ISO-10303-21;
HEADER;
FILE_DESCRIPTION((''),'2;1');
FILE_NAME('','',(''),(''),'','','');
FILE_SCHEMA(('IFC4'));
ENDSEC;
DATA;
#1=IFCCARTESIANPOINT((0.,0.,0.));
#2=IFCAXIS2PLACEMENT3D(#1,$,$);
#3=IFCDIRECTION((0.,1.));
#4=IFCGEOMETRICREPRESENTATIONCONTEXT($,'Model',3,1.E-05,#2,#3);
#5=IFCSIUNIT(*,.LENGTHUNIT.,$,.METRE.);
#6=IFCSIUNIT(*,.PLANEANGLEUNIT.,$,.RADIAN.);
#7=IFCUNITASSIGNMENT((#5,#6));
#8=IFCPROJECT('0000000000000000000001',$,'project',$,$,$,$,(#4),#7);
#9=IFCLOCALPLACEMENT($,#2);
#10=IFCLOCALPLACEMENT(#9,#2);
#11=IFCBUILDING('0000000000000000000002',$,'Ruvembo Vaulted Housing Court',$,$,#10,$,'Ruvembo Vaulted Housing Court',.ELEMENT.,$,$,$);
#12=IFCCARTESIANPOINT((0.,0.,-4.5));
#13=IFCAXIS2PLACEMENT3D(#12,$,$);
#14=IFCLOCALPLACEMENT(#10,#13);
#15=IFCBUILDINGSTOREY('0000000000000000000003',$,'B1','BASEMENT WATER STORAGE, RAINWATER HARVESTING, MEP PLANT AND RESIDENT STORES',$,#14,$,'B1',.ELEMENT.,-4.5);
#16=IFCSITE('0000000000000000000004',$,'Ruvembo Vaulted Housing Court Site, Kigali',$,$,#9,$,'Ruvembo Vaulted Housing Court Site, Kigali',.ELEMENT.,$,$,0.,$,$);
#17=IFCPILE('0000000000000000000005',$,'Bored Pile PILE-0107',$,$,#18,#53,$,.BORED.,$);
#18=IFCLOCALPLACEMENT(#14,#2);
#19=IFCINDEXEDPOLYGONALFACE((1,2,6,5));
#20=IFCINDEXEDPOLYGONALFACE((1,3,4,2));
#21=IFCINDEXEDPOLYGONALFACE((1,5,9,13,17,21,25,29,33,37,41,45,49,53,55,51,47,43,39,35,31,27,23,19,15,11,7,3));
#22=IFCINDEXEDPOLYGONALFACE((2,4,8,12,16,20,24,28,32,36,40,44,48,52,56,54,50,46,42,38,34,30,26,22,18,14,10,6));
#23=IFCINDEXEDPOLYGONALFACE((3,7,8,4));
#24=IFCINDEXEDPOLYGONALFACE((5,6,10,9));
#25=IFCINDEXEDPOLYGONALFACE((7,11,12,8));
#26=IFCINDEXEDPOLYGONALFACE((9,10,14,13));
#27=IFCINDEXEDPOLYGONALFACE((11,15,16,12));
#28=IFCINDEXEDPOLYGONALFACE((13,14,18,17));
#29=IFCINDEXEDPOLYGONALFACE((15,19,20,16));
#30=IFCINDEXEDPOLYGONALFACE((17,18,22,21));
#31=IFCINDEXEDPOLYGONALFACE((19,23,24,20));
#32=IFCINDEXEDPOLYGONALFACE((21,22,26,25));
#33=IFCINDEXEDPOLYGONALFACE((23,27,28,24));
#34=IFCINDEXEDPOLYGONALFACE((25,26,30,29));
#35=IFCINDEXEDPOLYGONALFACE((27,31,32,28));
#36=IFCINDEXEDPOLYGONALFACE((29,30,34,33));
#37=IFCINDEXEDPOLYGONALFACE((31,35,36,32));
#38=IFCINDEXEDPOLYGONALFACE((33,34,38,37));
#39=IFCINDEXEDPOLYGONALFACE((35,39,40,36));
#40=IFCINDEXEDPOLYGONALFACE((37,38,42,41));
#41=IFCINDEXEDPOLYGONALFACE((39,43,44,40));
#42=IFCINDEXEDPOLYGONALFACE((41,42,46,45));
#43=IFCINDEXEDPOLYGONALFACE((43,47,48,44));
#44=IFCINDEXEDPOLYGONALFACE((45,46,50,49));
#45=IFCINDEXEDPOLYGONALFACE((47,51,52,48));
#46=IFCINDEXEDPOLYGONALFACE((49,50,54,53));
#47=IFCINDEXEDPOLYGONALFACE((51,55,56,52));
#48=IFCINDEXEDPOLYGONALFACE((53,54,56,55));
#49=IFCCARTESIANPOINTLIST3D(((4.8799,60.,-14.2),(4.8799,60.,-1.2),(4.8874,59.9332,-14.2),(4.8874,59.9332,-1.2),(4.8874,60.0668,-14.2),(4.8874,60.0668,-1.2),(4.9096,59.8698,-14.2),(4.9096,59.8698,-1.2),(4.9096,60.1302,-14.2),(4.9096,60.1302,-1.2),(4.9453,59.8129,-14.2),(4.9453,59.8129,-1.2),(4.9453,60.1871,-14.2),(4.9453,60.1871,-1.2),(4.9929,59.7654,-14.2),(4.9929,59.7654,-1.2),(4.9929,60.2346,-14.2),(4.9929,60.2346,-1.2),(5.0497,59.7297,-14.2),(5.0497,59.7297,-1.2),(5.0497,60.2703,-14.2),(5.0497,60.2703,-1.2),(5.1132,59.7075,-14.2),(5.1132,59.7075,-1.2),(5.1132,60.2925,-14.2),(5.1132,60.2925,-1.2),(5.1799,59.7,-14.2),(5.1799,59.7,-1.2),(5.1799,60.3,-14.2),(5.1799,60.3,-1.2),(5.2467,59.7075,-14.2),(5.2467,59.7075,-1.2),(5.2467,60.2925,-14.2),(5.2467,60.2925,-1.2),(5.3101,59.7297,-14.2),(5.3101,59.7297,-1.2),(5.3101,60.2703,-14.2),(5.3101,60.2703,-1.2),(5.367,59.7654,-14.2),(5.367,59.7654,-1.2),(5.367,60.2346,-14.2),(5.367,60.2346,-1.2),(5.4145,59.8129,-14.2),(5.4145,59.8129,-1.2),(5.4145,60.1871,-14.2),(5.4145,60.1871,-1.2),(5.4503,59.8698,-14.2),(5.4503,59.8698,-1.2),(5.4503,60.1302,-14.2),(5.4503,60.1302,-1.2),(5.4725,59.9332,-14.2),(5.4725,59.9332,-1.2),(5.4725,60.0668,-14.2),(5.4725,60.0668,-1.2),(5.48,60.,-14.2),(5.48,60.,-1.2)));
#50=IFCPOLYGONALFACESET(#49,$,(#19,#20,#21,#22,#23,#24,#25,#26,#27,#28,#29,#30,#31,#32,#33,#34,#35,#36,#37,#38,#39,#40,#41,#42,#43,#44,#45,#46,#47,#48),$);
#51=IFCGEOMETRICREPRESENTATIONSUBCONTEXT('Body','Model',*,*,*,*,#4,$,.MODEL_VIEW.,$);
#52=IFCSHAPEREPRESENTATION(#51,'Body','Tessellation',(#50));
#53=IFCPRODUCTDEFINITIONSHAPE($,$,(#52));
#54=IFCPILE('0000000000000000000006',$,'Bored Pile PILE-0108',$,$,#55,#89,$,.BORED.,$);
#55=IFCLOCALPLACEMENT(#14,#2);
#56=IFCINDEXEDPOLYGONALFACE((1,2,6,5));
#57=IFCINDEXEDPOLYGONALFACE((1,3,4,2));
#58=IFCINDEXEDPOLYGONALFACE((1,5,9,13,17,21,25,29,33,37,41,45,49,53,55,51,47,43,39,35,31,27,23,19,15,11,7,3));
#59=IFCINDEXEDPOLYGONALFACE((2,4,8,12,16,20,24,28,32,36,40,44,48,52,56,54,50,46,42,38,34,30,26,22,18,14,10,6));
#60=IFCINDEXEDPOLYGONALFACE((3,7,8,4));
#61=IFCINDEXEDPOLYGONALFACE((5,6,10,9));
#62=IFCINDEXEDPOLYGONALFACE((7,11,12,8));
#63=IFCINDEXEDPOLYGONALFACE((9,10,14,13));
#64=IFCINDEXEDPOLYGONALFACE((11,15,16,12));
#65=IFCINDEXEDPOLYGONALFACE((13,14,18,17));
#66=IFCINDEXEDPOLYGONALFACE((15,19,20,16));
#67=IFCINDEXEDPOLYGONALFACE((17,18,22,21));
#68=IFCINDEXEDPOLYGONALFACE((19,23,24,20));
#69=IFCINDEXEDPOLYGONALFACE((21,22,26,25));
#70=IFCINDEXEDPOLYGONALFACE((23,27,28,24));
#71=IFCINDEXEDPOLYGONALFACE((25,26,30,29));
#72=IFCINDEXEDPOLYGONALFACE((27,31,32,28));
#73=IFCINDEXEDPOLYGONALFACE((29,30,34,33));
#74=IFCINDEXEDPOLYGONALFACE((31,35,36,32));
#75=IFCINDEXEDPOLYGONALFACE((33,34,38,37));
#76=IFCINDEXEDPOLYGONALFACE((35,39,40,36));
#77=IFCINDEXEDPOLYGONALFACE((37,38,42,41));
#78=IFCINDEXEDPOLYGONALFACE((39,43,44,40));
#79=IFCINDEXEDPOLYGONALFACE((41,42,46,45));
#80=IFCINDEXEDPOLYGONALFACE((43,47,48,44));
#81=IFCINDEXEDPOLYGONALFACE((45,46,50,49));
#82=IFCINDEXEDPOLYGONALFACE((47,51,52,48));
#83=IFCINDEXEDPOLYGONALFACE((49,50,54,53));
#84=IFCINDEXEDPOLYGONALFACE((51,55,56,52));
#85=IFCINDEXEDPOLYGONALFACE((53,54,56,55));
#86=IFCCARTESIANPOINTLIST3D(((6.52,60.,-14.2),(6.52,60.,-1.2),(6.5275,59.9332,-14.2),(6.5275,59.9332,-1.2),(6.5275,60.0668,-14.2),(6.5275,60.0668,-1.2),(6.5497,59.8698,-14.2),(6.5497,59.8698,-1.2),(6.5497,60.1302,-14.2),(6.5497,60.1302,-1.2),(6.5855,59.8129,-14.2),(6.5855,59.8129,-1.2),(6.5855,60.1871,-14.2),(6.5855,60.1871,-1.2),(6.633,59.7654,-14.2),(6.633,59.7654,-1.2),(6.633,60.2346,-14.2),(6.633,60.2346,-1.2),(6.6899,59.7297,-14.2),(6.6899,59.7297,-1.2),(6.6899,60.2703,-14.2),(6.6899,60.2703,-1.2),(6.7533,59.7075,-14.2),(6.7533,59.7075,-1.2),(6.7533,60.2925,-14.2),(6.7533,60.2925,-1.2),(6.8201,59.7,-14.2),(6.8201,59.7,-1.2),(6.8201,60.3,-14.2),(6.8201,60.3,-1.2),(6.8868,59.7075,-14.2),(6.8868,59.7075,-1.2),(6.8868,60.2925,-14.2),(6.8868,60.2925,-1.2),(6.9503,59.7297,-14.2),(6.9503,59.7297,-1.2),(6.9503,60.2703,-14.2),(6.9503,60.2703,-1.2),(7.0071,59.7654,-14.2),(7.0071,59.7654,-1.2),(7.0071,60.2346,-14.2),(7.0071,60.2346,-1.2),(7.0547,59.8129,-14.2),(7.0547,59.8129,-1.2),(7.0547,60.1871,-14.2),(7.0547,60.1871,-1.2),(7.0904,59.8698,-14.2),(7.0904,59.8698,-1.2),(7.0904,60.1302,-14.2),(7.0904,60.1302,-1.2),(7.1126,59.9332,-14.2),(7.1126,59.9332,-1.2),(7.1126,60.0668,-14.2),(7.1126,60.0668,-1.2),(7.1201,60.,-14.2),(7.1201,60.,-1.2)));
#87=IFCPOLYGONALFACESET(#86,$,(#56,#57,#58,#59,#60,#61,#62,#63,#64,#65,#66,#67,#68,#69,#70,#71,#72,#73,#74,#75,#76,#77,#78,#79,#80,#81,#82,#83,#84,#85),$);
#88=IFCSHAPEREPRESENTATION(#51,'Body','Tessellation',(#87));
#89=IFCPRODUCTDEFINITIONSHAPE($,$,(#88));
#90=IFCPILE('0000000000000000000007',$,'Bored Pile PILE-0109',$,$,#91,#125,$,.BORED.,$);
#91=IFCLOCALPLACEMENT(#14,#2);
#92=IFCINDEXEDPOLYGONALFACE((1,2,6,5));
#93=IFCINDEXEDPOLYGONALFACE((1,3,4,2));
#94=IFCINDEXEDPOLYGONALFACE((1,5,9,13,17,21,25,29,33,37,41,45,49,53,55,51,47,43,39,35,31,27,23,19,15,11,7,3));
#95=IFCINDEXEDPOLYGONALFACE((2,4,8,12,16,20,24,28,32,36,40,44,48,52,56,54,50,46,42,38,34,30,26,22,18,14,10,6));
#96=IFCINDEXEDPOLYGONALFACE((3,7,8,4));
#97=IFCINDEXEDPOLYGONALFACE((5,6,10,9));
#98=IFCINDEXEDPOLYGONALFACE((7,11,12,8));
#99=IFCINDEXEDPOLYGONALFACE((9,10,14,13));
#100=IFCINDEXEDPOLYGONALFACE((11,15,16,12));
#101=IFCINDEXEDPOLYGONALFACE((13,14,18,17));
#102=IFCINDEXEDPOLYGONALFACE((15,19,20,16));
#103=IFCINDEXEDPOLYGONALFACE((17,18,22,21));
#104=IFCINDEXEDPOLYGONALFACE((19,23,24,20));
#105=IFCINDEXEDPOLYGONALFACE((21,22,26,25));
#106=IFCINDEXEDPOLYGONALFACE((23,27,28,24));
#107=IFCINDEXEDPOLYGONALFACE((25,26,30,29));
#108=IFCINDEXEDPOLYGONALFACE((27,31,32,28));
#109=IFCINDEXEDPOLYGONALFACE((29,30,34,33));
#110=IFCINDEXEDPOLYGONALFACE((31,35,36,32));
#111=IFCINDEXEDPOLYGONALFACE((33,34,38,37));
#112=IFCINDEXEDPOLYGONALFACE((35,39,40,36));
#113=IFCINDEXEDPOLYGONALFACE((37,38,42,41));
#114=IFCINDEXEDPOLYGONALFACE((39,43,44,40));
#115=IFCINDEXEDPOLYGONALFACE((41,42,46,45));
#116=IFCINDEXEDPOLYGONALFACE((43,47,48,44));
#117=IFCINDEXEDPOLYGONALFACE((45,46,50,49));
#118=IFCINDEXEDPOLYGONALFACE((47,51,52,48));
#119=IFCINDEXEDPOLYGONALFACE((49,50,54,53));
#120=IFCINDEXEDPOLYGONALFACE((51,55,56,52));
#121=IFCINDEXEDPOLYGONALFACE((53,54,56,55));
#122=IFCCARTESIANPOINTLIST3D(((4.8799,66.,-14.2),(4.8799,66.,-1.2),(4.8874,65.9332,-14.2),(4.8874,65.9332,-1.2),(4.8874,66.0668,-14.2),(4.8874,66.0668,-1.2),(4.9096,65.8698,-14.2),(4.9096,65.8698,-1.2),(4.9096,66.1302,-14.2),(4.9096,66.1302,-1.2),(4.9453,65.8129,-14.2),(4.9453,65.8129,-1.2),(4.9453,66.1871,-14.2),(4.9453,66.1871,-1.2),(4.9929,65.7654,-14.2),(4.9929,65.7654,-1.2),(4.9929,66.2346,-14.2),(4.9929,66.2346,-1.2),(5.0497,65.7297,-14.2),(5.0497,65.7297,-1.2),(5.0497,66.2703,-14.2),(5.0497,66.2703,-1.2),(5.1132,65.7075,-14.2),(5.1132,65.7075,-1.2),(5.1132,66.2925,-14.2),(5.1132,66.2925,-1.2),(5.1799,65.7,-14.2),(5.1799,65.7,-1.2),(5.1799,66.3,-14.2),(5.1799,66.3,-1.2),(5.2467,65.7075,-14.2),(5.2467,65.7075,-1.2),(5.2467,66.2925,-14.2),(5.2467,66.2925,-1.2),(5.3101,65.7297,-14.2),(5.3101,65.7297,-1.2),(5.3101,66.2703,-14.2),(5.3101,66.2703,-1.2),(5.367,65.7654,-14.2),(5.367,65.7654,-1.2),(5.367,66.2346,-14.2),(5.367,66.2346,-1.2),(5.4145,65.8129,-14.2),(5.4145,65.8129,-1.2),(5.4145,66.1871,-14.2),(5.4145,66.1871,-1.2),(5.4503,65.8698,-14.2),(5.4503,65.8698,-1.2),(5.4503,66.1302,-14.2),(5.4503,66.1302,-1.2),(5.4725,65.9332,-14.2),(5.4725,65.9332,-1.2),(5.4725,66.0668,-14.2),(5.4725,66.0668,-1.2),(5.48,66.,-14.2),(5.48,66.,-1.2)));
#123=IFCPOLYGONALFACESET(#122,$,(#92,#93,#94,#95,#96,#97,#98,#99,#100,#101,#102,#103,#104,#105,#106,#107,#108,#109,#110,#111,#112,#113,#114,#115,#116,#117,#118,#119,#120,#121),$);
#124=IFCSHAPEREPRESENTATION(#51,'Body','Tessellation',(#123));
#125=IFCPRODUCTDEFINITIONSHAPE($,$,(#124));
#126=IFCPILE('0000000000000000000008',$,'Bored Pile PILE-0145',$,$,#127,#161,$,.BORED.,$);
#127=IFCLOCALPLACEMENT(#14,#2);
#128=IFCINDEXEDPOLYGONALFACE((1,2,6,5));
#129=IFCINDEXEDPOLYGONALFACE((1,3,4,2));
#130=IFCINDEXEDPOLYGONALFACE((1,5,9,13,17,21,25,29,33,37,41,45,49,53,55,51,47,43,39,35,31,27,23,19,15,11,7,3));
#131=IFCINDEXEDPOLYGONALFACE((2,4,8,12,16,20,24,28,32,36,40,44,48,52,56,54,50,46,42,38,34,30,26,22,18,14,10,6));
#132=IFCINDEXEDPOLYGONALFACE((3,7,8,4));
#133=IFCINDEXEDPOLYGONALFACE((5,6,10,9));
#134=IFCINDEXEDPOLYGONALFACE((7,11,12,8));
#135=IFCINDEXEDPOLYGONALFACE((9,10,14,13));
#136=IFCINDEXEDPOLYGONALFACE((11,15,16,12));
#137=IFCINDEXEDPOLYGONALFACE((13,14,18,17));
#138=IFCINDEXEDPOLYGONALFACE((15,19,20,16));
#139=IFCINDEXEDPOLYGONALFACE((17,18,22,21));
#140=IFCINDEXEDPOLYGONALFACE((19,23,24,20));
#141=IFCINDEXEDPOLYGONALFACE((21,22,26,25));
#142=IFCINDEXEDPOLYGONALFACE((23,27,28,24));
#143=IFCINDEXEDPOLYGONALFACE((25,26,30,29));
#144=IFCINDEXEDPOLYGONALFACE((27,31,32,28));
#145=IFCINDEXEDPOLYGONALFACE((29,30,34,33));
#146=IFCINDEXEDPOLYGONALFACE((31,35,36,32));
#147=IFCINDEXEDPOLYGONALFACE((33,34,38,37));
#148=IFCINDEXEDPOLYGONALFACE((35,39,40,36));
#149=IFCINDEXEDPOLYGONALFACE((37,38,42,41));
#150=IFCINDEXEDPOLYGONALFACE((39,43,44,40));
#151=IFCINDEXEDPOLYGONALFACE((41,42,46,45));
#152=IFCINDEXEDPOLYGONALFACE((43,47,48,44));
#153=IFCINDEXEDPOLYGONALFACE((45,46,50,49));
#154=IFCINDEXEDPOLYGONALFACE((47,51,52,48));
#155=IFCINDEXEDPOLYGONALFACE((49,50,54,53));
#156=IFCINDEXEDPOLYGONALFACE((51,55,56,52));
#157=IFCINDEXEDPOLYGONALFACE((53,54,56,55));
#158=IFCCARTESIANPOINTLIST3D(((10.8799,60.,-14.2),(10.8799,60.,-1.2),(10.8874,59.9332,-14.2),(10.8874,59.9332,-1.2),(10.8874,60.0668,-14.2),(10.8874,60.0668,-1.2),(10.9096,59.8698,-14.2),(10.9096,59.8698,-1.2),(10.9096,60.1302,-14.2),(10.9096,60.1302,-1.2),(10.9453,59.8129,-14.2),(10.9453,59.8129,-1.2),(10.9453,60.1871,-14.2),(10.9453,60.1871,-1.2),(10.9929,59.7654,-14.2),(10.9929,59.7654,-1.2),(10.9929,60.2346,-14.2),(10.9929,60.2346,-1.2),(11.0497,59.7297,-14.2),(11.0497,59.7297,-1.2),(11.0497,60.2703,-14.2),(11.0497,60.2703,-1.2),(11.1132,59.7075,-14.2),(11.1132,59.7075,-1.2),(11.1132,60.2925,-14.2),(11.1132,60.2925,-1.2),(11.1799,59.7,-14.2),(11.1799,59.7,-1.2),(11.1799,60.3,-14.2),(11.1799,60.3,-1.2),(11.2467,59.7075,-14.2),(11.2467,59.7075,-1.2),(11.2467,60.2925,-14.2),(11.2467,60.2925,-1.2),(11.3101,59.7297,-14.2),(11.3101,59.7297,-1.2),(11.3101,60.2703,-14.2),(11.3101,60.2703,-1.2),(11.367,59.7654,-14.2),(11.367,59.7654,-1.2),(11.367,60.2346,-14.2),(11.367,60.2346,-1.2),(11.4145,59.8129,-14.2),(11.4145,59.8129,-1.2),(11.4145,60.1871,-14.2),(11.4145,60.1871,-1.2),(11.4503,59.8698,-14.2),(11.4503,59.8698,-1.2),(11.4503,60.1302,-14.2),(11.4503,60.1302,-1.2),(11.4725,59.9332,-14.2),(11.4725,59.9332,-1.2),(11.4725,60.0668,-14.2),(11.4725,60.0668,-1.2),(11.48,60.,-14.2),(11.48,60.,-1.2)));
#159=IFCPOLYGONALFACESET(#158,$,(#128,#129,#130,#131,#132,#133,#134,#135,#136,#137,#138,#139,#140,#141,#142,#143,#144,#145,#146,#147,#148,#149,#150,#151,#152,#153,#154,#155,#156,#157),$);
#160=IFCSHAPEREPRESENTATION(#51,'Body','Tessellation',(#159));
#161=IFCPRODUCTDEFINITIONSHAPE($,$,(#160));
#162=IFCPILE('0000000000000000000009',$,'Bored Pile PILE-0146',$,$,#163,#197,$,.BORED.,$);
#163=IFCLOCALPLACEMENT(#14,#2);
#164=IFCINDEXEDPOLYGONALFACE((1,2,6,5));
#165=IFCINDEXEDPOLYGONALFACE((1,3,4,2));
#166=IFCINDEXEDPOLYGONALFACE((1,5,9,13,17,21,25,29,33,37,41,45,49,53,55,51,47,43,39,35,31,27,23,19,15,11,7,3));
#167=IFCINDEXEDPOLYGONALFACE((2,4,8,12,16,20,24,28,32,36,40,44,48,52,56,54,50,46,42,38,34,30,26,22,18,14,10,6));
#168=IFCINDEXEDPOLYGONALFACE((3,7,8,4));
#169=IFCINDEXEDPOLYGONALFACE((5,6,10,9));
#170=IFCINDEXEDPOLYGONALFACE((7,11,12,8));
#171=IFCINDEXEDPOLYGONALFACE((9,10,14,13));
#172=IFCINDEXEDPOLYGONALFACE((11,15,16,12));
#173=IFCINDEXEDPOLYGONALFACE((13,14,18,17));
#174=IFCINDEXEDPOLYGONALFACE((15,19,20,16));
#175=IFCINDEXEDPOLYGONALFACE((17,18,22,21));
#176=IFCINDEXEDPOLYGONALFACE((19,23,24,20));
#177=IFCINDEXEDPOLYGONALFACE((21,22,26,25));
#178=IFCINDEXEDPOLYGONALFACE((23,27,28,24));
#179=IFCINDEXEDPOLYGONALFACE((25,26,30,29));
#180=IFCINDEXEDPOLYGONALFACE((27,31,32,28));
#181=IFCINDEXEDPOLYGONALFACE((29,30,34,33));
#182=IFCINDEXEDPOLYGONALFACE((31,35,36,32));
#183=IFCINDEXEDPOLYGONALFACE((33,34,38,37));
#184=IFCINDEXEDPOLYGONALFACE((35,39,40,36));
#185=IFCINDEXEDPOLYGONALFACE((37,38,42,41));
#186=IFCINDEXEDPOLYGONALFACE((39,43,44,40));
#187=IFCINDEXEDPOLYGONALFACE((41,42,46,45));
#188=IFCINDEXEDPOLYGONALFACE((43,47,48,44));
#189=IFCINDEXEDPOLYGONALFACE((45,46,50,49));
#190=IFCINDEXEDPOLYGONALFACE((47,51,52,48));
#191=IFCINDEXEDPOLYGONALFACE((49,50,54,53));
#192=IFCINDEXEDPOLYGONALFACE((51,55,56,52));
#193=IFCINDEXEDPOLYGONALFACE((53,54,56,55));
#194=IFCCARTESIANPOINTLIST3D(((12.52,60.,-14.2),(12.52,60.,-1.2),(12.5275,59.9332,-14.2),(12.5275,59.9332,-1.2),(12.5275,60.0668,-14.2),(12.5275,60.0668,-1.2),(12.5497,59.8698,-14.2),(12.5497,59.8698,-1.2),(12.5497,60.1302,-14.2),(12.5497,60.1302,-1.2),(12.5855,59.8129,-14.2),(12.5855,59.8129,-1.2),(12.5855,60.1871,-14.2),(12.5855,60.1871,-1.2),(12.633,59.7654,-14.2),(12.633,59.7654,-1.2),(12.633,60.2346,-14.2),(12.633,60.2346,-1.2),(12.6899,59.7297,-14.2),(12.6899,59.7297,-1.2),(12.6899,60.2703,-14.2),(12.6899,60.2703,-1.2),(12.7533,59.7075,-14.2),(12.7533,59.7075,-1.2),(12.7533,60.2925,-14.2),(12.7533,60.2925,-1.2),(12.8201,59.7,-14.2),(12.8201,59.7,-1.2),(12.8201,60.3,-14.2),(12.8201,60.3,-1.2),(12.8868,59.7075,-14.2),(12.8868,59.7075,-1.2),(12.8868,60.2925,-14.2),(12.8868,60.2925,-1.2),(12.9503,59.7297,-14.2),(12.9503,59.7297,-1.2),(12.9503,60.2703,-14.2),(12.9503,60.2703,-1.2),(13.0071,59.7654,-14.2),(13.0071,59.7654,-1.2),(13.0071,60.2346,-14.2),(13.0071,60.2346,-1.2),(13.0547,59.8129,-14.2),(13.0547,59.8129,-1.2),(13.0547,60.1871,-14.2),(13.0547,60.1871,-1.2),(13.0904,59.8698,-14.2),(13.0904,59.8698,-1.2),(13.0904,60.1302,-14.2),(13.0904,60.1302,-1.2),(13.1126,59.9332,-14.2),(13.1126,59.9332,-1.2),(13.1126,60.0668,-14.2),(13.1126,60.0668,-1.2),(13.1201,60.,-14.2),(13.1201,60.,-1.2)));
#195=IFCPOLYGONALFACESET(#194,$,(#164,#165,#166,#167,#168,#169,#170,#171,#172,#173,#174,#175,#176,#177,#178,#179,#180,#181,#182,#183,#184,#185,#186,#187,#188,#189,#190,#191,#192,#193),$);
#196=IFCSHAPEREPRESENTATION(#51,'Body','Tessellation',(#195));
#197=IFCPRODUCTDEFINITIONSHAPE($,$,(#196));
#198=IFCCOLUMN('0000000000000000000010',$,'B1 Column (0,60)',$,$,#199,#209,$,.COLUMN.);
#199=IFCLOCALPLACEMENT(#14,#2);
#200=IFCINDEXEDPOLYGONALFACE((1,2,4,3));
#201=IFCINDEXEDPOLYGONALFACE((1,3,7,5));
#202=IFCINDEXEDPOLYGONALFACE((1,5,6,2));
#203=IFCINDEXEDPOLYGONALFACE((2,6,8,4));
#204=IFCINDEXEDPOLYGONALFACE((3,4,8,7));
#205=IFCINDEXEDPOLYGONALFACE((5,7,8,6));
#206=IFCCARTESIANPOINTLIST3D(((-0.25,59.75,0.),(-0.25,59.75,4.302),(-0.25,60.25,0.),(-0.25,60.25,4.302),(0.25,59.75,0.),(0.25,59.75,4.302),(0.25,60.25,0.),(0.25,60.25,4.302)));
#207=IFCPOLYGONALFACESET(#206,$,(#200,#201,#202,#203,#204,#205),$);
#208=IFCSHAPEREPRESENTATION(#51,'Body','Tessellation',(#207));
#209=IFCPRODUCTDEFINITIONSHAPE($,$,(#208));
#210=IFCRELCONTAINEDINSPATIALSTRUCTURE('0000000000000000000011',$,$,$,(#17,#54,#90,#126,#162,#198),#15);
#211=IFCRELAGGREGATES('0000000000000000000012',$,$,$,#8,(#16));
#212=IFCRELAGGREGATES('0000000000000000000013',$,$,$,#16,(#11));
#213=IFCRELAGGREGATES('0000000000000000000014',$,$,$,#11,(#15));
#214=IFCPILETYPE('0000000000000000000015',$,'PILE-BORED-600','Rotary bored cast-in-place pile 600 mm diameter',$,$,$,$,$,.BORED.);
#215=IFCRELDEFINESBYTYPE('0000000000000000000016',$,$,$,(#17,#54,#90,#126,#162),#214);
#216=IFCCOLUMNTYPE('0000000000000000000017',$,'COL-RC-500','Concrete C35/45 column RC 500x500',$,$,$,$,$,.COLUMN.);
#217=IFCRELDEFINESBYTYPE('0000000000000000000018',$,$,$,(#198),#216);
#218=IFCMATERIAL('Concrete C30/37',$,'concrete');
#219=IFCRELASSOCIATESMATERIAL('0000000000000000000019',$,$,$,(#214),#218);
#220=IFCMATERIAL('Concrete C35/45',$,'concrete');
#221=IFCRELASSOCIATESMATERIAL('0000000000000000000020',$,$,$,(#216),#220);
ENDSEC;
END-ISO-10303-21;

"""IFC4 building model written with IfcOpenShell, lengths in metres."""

from ifc_helpers import new_model, si_unit, direction, frame, origin, origin_2d, place, context, subcontext, project, spatial, rectangle, circle, extrude, material, material_profile, profile_set, type_object, element, save


model = new_model("IFC4")

# Units and contexts
model_context = context("Model", 3, precision=1e-05, world=origin(), true_north=direction((0.0, 1.0)))
body_context = subcontext(model_context, "Body", "Model", "MODEL_VIEW")
ifc_project = project(units=[si_unit("LENGTHUNIT", "METRE"), si_unit("PLANEANGLEUNIT", "RADIAN")], contexts=[model_context])

# Site, building, storey
site_placement = place(None, origin())
site = spatial("IfcSite", under=ifc_project, at=site_placement, Name="Ruvembo Vaulted Housing Court Site, Kigali", LongName="Ruvembo Vaulted Housing Court Site, Kigali", CompositionType="ELEMENT", RefElevation=0.0)
building_placement = place(site_placement, origin())
building = spatial("IfcBuilding", under=site, at=building_placement, Name="Ruvembo Vaulted Housing Court", LongName="Ruvembo Vaulted Housing Court", CompositionType="ELEMENT")
storey_placement = place(building_placement, frame((0.0, 0.0, -4.5)))
storey = spatial("IfcBuildingStorey", under=building, at=storey_placement, Name="B1", Description="BASEMENT WATER STORAGE, RAINWATER HARVESTING, MEP PLANT AND RESIDENT STORES", LongName="B1", CompositionType="ELEMENT", Elevation=-4.5)

# Shared definitions
ifc_material_1 = material(Name="Concrete C35/45", Category="concrete")

# Piles
ifc_material_2 = material(Name="Concrete C30/37", Category="concrete")
ifc_material_profile_1 = material_profile(ifc_material_2, circle(Radius=0.3, at=origin_2d()), Name="PILE D600")
ifc_profile_set_1 = profile_set([ifc_material_profile_1], Name="Concrete C30/37")
pile_type = type_object("IfcPileType", Name="PILE-BORED-600", Description="Rotary bored cast-in-place pile 600 mm diameter", PredefinedType="BORED", material=ifc_profile_set_1)
for number, where, z_axis, x_axis, name in (
    (1, (5.1799, 60.0, -1.2), (0.0, 0.0, -1.0), (1.0, 0.0, 0.0), "Bored Pile PILE-0107"),
    (2, (6.8201, 60.0, -1.2), (0.0, 0.0, -1.0), (1.0, 0.0, 0.0), "Bored Pile PILE-0108"),
    (3, (5.1799, 66.0, -1.2), (0.0, 0.0, -1.0), (1.0, 0.0, 0.0), "Bored Pile PILE-0109"),
    (4, (11.1799, 60.0, -1.2), (0.0, 0.0, -1.0), (1.0, 0.0, 0.0), "Bored Pile PILE-0145"),
    (5, (12.8201, 60.0, -1.2), (0.0, 0.0, -1.0), (1.0, 0.0, 0.0), "Bored Pile PILE-0146"),
):
    element("IfcPile", number, at=place(storey_placement, frame(where, z_axis=z_axis, x_axis=x_axis)), inside=storey, type_object=pile_type, Name=name, PredefinedType="BORED", context=body_context, shape_type="SweptSolid", body=[
        extrude(circle(Radius=0.3, at=origin_2d()), origin(), (0.0, 0.0, 1.0), 13.0),
    ])

# Column
ifc_material_profile_2 = material_profile(ifc_material_1, rectangle(XDim=0.5, YDim=0.5, at=origin_2d()), Name="RC 500x500")
ifc_profile_set_2 = profile_set([ifc_material_profile_2], Name="Concrete C35/45")
column_type_1 = type_object("IfcColumnType", Name="COL-RC-500", Description="Concrete C35/45 column RC 500x500", PredefinedType="COLUMN", material=ifc_profile_set_2)
for number, where, z_axis, x_axis, name in (
    (6, (0.0, 60.0, 0.0), (0.0, 0.0, 1.0), (1.0, 0.0, 0.0), "B1 Column (0,60)"),
):
    element("IfcColumn", number, at=place(storey_placement, frame(where, z_axis=z_axis, x_axis=x_axis)), inside=storey, type_object=column_type_1, Name=name, PredefinedType="COLUMN", context=body_context, shape_type="SweptSolid", body=[
        extrude(rectangle(XDim=0.5, YDim=0.5, at=origin_2d()), origin(), (0.0, 0.0, 1.0), 4.302),
    ])

save(model, "model.ifc")
